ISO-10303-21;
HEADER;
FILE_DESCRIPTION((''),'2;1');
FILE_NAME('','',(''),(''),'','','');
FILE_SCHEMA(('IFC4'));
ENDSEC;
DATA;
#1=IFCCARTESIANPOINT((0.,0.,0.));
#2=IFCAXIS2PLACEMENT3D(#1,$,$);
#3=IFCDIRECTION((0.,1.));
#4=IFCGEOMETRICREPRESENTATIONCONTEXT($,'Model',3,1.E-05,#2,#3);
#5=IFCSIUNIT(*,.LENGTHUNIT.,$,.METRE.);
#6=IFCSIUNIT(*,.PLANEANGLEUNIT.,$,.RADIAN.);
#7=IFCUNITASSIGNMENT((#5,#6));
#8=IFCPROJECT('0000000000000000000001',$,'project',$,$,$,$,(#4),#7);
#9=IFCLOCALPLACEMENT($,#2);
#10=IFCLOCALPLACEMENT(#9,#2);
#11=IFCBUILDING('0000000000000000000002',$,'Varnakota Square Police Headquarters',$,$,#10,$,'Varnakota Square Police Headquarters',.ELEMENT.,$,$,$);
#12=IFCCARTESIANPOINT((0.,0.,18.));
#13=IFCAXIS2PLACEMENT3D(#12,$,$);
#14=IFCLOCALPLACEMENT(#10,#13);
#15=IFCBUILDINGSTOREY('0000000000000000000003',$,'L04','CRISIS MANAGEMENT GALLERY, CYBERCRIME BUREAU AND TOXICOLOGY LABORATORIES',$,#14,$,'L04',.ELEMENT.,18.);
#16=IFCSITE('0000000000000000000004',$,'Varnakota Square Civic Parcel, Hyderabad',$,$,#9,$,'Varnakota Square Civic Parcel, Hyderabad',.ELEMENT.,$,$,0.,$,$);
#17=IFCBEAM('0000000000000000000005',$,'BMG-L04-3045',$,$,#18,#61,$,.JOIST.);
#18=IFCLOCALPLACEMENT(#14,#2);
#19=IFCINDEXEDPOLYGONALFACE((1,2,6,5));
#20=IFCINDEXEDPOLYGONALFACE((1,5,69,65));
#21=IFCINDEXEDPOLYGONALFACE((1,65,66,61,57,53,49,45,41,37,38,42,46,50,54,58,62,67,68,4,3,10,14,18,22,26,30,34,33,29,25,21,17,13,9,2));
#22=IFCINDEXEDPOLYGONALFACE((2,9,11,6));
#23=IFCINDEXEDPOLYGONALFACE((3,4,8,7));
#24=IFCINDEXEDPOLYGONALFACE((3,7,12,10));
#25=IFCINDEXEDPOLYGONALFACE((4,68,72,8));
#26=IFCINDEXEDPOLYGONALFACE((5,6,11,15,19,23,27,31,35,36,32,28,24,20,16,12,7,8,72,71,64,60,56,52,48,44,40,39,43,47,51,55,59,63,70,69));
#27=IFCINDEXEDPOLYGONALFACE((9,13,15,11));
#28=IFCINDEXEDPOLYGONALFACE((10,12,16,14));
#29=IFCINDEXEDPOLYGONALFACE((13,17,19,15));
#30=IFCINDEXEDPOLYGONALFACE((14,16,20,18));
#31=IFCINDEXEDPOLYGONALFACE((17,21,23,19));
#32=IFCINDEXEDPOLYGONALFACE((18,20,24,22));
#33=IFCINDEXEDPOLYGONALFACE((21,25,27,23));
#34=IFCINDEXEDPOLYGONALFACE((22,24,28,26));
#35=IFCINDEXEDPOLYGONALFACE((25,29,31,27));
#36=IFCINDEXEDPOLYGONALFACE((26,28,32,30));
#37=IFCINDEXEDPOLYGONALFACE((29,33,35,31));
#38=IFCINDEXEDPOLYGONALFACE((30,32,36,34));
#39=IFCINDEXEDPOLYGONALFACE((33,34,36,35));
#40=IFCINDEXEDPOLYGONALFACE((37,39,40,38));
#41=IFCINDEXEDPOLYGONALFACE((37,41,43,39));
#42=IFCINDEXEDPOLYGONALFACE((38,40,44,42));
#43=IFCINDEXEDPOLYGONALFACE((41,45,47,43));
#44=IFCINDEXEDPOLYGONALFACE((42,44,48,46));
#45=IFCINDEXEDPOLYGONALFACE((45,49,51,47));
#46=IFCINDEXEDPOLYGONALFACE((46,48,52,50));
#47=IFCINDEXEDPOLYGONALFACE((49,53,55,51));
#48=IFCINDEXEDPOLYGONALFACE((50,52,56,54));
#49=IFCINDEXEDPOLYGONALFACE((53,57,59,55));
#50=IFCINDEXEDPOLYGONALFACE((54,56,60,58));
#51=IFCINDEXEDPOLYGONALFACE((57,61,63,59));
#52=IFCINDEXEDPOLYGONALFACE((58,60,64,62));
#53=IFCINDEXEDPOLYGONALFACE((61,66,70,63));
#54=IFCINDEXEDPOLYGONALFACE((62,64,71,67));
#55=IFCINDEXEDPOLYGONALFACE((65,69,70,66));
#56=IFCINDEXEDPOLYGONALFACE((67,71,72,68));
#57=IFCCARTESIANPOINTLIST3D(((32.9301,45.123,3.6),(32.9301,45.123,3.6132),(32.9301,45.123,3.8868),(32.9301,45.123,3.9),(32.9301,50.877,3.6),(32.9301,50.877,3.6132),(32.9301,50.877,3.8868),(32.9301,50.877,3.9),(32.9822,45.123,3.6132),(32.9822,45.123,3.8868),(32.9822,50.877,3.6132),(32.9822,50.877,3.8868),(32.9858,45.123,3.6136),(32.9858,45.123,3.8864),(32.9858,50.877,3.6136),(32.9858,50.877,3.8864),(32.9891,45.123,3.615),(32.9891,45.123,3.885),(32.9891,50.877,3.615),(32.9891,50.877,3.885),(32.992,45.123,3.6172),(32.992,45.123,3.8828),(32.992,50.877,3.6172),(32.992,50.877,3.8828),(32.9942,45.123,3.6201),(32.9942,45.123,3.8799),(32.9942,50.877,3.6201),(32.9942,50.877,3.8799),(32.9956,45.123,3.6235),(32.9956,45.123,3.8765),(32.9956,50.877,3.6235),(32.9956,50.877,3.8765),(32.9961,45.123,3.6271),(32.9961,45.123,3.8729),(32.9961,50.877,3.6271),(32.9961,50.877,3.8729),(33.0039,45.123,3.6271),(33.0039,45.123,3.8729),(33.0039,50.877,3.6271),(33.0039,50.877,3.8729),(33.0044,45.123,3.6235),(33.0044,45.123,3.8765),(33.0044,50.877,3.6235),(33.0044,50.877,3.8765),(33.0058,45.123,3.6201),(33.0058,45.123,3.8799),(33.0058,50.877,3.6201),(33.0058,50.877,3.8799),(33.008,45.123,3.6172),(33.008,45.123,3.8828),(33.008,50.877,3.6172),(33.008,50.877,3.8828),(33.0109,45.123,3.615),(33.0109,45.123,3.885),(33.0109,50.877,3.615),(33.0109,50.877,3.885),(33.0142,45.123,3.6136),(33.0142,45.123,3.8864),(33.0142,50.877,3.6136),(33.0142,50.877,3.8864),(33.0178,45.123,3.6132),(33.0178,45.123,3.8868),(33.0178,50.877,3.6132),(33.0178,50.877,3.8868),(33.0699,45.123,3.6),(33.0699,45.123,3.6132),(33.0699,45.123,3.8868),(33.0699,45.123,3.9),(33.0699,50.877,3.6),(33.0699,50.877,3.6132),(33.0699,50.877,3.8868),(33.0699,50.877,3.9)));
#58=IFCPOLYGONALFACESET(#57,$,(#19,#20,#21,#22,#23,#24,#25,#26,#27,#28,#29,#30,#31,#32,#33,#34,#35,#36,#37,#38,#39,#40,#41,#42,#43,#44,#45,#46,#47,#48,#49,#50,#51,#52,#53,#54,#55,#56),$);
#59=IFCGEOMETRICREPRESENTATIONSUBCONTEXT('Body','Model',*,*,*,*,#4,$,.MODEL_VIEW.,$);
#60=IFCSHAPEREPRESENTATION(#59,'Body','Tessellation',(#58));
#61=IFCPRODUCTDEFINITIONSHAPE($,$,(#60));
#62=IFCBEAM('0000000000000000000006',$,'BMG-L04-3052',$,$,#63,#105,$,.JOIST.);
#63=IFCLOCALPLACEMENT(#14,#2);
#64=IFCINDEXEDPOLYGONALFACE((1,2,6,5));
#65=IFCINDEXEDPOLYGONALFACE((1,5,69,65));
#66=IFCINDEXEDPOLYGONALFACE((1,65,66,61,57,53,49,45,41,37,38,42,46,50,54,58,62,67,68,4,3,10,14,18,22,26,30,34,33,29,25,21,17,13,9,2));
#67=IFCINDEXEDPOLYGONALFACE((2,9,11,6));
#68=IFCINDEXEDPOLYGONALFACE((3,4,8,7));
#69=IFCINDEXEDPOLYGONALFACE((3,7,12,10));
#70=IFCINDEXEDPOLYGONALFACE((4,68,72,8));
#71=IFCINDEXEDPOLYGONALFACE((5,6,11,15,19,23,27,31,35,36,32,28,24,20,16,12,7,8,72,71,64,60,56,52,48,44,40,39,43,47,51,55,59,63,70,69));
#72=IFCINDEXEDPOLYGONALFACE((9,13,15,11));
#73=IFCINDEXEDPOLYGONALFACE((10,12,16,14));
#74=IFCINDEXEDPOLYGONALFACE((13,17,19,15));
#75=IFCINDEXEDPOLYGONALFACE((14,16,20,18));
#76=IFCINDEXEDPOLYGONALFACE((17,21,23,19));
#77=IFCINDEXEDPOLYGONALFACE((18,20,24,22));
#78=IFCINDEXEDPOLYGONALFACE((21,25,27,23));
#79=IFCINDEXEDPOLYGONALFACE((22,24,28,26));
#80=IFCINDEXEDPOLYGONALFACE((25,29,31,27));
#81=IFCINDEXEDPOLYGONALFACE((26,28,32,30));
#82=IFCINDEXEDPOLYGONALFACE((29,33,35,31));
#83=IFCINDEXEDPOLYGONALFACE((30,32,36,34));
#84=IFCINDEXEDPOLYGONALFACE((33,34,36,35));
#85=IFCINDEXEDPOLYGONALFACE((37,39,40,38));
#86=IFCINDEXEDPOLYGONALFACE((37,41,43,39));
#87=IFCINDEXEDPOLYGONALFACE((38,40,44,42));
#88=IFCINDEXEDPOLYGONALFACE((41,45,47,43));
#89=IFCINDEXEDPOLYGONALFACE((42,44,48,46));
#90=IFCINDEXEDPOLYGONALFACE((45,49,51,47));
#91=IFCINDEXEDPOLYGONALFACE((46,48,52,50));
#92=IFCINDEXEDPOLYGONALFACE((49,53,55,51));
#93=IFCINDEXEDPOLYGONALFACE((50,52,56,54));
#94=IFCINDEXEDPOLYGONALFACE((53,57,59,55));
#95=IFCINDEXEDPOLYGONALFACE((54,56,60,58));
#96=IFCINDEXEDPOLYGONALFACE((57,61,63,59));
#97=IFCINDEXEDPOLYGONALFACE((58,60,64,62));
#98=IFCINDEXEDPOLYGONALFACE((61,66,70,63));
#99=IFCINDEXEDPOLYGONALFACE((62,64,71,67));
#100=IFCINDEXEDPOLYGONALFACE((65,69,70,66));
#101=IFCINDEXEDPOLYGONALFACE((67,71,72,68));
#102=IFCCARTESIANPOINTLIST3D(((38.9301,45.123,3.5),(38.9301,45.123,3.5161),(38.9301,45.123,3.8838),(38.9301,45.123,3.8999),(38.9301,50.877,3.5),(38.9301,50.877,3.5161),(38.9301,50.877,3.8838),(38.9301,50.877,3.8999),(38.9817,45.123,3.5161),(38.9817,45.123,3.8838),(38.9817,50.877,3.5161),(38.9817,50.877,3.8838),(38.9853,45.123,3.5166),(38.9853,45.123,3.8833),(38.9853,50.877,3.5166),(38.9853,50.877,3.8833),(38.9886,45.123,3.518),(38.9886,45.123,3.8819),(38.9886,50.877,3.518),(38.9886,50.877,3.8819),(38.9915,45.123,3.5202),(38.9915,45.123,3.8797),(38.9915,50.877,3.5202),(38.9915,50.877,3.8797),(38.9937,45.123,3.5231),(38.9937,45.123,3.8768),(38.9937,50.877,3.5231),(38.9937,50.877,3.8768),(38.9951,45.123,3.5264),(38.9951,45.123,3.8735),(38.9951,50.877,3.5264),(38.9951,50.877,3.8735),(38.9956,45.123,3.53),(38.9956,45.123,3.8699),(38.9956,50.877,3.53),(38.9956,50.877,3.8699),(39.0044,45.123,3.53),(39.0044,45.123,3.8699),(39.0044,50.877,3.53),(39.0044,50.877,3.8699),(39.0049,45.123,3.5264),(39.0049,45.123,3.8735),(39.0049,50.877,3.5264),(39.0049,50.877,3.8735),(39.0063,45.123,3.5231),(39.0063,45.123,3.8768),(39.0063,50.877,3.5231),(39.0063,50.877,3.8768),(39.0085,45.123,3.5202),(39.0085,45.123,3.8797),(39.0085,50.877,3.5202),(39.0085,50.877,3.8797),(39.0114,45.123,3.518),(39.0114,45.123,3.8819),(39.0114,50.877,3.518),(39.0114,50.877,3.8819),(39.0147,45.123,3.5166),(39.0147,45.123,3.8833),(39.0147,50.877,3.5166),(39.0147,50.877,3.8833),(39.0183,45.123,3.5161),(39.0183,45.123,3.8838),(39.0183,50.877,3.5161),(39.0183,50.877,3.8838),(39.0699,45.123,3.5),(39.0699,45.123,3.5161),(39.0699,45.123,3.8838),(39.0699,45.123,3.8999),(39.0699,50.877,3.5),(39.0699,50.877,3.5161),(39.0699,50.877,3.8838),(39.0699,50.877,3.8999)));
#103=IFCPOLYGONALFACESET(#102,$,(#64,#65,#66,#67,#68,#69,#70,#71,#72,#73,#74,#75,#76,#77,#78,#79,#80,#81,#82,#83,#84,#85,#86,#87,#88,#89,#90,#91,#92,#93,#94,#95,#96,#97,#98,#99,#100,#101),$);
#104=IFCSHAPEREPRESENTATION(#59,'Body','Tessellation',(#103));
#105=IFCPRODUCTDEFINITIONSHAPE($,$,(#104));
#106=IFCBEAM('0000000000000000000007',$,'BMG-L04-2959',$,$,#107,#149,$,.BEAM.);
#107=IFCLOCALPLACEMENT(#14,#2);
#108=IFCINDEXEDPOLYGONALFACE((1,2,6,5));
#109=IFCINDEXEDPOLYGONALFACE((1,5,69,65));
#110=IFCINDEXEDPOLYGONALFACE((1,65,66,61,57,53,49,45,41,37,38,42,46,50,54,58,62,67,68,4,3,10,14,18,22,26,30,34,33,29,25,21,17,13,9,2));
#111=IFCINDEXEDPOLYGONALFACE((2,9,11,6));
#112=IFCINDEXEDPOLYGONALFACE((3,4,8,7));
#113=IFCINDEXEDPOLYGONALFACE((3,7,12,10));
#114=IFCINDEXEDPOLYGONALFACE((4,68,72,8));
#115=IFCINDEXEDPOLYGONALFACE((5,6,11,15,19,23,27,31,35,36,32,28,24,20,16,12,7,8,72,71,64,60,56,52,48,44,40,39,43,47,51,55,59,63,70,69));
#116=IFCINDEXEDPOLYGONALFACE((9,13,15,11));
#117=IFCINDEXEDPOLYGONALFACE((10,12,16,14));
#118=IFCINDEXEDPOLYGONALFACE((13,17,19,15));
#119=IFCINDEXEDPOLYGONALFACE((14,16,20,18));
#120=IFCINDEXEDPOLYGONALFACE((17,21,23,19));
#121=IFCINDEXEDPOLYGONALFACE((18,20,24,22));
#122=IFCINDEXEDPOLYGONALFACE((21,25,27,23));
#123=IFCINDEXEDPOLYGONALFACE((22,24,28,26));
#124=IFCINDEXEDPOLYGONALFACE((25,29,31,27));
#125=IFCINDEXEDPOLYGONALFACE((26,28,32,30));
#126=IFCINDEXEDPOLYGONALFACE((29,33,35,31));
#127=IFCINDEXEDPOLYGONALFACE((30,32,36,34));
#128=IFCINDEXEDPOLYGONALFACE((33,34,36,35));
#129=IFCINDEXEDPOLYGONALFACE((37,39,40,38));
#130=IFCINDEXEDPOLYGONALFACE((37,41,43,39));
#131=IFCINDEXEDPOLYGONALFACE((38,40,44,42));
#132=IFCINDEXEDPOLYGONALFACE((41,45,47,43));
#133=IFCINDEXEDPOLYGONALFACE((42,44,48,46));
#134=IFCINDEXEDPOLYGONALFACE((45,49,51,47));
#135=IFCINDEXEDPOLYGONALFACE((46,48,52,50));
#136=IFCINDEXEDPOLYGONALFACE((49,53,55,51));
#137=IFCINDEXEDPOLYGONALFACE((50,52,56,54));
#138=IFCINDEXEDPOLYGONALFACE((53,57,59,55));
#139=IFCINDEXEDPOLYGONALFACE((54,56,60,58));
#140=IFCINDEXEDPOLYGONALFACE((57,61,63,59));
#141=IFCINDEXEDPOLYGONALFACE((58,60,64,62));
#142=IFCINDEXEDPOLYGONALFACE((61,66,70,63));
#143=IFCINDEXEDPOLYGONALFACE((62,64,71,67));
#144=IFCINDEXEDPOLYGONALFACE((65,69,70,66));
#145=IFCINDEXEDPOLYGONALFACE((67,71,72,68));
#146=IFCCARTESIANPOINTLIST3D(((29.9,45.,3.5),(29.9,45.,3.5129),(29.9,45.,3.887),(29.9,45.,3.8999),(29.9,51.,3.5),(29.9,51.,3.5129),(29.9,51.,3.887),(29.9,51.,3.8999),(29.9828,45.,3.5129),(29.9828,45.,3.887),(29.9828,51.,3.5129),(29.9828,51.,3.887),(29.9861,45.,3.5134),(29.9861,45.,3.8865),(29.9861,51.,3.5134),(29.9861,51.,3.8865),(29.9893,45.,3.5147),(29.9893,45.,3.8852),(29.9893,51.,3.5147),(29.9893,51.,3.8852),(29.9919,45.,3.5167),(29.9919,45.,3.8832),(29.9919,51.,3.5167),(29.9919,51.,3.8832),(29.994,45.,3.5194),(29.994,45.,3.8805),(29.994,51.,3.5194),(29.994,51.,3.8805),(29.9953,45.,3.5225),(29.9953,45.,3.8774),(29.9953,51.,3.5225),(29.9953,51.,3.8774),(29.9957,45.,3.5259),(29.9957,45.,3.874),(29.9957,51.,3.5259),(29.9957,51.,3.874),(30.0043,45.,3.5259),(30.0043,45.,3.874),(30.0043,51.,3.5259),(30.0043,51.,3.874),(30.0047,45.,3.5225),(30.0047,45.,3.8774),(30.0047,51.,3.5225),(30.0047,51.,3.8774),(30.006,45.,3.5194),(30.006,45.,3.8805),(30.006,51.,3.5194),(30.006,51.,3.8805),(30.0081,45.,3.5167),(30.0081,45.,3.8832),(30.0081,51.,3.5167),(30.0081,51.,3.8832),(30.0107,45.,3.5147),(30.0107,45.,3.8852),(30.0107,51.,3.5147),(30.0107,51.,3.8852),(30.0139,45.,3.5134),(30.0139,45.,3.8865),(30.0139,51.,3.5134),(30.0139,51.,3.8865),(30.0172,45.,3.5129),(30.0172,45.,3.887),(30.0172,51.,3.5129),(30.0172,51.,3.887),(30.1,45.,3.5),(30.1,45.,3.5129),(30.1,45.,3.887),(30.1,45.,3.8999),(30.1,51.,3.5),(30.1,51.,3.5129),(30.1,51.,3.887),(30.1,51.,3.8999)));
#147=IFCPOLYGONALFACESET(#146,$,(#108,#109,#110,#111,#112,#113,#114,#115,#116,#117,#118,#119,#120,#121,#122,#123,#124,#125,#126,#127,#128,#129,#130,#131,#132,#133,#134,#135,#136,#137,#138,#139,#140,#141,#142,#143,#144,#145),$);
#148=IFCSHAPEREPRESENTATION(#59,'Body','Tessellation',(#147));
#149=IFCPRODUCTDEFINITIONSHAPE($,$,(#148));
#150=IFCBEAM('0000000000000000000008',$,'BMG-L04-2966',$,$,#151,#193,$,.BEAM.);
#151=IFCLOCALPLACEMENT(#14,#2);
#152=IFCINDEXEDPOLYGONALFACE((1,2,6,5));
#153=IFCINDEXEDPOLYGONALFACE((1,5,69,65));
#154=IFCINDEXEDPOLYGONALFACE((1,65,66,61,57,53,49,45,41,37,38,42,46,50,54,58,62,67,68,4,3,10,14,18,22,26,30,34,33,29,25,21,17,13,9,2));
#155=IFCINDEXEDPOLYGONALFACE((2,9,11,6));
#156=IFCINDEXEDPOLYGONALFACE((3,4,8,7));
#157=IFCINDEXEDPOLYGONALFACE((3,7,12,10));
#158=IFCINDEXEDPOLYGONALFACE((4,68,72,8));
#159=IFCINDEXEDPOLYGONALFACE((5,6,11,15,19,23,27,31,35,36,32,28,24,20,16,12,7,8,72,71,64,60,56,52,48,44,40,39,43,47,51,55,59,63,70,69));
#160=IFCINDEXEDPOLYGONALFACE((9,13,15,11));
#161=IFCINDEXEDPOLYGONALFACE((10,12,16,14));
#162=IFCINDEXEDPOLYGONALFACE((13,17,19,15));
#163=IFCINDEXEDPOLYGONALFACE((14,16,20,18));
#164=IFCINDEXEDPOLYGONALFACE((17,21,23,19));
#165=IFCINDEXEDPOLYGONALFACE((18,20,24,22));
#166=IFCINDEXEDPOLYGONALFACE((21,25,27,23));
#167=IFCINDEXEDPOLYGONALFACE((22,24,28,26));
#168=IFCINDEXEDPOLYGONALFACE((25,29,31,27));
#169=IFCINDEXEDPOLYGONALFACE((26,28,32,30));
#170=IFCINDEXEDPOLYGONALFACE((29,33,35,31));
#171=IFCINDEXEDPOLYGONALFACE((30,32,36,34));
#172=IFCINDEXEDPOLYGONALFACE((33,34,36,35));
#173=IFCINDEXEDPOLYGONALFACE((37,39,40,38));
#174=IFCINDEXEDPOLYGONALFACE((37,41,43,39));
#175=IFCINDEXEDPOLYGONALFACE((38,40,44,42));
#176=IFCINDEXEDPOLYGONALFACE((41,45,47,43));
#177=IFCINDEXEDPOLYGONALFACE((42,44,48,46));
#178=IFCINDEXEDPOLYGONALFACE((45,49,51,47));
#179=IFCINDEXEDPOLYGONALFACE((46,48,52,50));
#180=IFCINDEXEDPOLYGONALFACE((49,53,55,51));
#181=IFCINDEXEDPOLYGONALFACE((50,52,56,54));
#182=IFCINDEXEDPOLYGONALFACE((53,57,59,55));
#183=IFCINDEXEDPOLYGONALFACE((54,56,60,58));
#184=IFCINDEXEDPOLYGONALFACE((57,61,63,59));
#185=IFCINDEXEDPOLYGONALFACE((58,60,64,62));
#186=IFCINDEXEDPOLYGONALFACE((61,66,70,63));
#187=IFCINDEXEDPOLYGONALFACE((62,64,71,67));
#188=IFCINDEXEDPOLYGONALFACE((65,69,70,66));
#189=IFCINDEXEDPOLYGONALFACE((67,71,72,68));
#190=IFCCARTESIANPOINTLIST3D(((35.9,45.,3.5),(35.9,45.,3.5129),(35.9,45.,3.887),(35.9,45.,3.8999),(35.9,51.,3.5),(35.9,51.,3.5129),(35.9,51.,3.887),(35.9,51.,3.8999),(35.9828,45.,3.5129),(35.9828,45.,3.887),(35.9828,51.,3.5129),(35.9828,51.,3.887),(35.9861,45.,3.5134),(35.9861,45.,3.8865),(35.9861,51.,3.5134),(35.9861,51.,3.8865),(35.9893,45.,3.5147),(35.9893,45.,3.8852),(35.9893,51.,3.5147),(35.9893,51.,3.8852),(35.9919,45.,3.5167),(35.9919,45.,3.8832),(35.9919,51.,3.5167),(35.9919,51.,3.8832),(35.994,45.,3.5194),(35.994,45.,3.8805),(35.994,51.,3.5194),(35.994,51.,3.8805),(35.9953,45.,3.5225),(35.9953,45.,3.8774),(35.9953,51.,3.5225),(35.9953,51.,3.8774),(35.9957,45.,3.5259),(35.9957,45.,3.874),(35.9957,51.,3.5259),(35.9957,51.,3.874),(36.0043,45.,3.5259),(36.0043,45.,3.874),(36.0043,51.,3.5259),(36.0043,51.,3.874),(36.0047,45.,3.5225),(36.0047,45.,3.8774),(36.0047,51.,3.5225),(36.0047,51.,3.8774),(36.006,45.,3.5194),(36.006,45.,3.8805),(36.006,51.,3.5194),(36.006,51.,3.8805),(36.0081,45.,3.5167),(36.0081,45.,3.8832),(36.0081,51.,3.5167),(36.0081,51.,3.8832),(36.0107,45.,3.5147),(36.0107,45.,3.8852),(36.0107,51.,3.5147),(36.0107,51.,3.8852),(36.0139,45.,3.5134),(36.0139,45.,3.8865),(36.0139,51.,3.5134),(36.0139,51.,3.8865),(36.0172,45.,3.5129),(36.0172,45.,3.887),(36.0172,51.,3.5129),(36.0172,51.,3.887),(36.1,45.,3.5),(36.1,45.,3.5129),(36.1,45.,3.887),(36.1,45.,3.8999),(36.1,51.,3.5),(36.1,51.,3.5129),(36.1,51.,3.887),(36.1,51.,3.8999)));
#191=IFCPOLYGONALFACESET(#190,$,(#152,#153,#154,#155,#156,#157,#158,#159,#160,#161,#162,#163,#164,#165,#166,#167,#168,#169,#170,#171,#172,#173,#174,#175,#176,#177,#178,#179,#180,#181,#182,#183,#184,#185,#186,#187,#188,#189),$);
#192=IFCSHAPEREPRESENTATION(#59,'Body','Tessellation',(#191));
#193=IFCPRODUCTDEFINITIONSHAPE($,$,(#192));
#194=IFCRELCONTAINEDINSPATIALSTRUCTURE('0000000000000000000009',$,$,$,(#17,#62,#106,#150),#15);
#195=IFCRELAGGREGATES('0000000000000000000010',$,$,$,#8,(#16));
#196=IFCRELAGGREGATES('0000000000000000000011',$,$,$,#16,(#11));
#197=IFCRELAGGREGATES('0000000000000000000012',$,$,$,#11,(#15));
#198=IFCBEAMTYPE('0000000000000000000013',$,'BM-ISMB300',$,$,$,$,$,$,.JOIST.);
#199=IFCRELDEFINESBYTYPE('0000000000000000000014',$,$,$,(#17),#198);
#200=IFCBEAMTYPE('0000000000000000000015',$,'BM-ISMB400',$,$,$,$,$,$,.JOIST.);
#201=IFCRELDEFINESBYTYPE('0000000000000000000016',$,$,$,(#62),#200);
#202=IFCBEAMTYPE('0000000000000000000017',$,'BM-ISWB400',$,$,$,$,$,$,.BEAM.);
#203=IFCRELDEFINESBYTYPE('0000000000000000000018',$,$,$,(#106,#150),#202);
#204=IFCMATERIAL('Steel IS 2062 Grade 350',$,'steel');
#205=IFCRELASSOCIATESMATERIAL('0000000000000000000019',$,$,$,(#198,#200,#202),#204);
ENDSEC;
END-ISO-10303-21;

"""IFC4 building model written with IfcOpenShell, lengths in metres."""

from ifc_helpers import new_model, si_unit, direction, frame, origin, origin_2d, place, context, subcontext, project, spatial, i_section, extrude, material, material_profile, profile_set, type_object, element, save


model = new_model("IFC4")

# Units and contexts
model_context = context("Model", 3, precision=1e-05, world=origin(), true_north=direction((0.0, 1.0)))
body_context = subcontext(model_context, "Body", "Model", "MODEL_VIEW")
ifc_project = project(units=[si_unit("LENGTHUNIT", "METRE"), si_unit("PLANEANGLEUNIT", "RADIAN")], contexts=[model_context])

# Site, building, storey
site_placement = place(None, origin())
site = spatial("IfcSite", under=ifc_project, at=site_placement, Name="Varnakota Square Civic Parcel, Hyderabad", LongName="Varnakota Square Civic Parcel, Hyderabad", CompositionType="ELEMENT", RefElevation=0.0)
building_placement = place(site_placement, origin())
building = spatial("IfcBuilding", under=site, at=building_placement, Name="Varnakota Square Police Headquarters", LongName="Varnakota Square Police Headquarters", CompositionType="ELEMENT")
storey_placement = place(building_placement, frame((0.0, 0.0, 18.0)))
storey = spatial("IfcBuildingStorey", under=building, at=storey_placement, Name="L04", Description="CRISIS MANAGEMENT GALLERY, CYBERCRIME BUREAU AND TOXICOLOGY LABORATORIES", LongName="L04", CompositionType="ELEMENT", Elevation=18.0)

# Shared definitions
ifc_material_1 = material(Name="Steel IS 2062 Grade 350", Category="steel")

# Beams
ifc_material_profile_1 = material_profile(ifc_material_1, i_section(OverallWidth=0.1399, OverallDepth=0.3, WebThickness=0.0078, FlangeThickness=0.0132, FilletRadius=0.0139, at=origin_2d()), Name="ISMB 300")
ifc_profile_set_1 = profile_set([ifc_material_profile_1], Name="Steel IS 2062 Grade 350")
beam_type_1 = type_object("IfcBeamType", Name="BM-ISMB300", PredefinedType="JOIST", material=ifc_profile_set_1)
beam_1_placement = place(storey_placement, frame((33.0, 45.123, 3.75), z_axis=(0.0, 1.0, 0.0), x_axis=(-1.0, 0.0, 0.0)))
element("IfcBeam", 1, at=beam_1_placement, inside=storey, type_object=beam_type_1, Name="BMG-L04-3045", PredefinedType="JOIST", context=body_context, shape_type="SweptSolid", body=[
    extrude(i_section(OverallWidth=0.1399, OverallDepth=0.3, WebThickness=0.0078, FlangeThickness=0.0132, FilletRadius=0.0139, at=origin_2d()), origin(), (0.0, 0.0, 1.0), 5.7539),
])
ifc_material_profile_2 = material_profile(ifc_material_1, i_section(OverallWidth=0.1399, OverallDepth=0.3999, WebThickness=0.0088, FlangeThickness=0.0161, FilletRadius=0.0139, at=origin_2d()), Name="ISMB 400")
ifc_profile_set_2 = profile_set([ifc_material_profile_2], Name="Steel IS 2062 Grade 350")
beam_type_2 = type_object("IfcBeamType", Name="BM-ISMB400", PredefinedType="JOIST", material=ifc_profile_set_2)
beam_2_placement = place(storey_placement, frame((39.0, 45.123, 3.7), z_axis=(0.0, 1.0, 0.0), x_axis=(-1.0, 0.0, 0.0)))
element("IfcBeam", 2, at=beam_2_placement, inside=storey, type_object=beam_type_2, Name="BMG-L04-3052", PredefinedType="JOIST", context=body_context, shape_type="SweptSolid", body=[
    extrude(i_section(OverallWidth=0.1399, OverallDepth=0.3999, WebThickness=0.0088, FlangeThickness=0.0161, FilletRadius=0.0139, at=origin_2d()), origin(), (0.0, 0.0, 1.0), 5.7539),
])
ifc_material_profile_3 = material_profile(ifc_material_1, i_section(OverallWidth=0.2, OverallDepth=0.3999, WebThickness=0.0085, FlangeThickness=0.0129, FilletRadius=0.0129, at=origin_2d()), Name="ISWB 400")
ifc_profile_set_3 = profile_set([ifc_material_profile_3], Name="Steel IS 2062 Grade 350")
beam_type_3 = type_object("IfcBeamType", Name="BM-ISWB400", PredefinedType="BEAM", material=ifc_profile_set_3)
for number, where, z_axis, x_axis, name in (
    (3, (30.0, 45.0, 3.7), (0.0, 1.0, 0.0), (-1.0, 0.0, 0.0), "BMG-L04-2959"),
    (4, (36.0, 45.0, 3.7), (0.0, 1.0, 0.0), (-1.0, 0.0, 0.0), "BMG-L04-2966"),
):
    element("IfcBeam", number, at=place(storey_placement, frame(where, z_axis=z_axis, x_axis=x_axis)), inside=storey, type_object=beam_type_3, Name=name, PredefinedType="BEAM", context=body_context, shape_type="SweptSolid", body=[
        extrude(i_section(OverallWidth=0.2, OverallDepth=0.3999, WebThickness=0.0085, FlangeThickness=0.0129, FilletRadius=0.0129, at=origin_2d()), origin(), (0.0, 0.0, 1.0), 6.0),
    ])

save(model, "model.ifc")
